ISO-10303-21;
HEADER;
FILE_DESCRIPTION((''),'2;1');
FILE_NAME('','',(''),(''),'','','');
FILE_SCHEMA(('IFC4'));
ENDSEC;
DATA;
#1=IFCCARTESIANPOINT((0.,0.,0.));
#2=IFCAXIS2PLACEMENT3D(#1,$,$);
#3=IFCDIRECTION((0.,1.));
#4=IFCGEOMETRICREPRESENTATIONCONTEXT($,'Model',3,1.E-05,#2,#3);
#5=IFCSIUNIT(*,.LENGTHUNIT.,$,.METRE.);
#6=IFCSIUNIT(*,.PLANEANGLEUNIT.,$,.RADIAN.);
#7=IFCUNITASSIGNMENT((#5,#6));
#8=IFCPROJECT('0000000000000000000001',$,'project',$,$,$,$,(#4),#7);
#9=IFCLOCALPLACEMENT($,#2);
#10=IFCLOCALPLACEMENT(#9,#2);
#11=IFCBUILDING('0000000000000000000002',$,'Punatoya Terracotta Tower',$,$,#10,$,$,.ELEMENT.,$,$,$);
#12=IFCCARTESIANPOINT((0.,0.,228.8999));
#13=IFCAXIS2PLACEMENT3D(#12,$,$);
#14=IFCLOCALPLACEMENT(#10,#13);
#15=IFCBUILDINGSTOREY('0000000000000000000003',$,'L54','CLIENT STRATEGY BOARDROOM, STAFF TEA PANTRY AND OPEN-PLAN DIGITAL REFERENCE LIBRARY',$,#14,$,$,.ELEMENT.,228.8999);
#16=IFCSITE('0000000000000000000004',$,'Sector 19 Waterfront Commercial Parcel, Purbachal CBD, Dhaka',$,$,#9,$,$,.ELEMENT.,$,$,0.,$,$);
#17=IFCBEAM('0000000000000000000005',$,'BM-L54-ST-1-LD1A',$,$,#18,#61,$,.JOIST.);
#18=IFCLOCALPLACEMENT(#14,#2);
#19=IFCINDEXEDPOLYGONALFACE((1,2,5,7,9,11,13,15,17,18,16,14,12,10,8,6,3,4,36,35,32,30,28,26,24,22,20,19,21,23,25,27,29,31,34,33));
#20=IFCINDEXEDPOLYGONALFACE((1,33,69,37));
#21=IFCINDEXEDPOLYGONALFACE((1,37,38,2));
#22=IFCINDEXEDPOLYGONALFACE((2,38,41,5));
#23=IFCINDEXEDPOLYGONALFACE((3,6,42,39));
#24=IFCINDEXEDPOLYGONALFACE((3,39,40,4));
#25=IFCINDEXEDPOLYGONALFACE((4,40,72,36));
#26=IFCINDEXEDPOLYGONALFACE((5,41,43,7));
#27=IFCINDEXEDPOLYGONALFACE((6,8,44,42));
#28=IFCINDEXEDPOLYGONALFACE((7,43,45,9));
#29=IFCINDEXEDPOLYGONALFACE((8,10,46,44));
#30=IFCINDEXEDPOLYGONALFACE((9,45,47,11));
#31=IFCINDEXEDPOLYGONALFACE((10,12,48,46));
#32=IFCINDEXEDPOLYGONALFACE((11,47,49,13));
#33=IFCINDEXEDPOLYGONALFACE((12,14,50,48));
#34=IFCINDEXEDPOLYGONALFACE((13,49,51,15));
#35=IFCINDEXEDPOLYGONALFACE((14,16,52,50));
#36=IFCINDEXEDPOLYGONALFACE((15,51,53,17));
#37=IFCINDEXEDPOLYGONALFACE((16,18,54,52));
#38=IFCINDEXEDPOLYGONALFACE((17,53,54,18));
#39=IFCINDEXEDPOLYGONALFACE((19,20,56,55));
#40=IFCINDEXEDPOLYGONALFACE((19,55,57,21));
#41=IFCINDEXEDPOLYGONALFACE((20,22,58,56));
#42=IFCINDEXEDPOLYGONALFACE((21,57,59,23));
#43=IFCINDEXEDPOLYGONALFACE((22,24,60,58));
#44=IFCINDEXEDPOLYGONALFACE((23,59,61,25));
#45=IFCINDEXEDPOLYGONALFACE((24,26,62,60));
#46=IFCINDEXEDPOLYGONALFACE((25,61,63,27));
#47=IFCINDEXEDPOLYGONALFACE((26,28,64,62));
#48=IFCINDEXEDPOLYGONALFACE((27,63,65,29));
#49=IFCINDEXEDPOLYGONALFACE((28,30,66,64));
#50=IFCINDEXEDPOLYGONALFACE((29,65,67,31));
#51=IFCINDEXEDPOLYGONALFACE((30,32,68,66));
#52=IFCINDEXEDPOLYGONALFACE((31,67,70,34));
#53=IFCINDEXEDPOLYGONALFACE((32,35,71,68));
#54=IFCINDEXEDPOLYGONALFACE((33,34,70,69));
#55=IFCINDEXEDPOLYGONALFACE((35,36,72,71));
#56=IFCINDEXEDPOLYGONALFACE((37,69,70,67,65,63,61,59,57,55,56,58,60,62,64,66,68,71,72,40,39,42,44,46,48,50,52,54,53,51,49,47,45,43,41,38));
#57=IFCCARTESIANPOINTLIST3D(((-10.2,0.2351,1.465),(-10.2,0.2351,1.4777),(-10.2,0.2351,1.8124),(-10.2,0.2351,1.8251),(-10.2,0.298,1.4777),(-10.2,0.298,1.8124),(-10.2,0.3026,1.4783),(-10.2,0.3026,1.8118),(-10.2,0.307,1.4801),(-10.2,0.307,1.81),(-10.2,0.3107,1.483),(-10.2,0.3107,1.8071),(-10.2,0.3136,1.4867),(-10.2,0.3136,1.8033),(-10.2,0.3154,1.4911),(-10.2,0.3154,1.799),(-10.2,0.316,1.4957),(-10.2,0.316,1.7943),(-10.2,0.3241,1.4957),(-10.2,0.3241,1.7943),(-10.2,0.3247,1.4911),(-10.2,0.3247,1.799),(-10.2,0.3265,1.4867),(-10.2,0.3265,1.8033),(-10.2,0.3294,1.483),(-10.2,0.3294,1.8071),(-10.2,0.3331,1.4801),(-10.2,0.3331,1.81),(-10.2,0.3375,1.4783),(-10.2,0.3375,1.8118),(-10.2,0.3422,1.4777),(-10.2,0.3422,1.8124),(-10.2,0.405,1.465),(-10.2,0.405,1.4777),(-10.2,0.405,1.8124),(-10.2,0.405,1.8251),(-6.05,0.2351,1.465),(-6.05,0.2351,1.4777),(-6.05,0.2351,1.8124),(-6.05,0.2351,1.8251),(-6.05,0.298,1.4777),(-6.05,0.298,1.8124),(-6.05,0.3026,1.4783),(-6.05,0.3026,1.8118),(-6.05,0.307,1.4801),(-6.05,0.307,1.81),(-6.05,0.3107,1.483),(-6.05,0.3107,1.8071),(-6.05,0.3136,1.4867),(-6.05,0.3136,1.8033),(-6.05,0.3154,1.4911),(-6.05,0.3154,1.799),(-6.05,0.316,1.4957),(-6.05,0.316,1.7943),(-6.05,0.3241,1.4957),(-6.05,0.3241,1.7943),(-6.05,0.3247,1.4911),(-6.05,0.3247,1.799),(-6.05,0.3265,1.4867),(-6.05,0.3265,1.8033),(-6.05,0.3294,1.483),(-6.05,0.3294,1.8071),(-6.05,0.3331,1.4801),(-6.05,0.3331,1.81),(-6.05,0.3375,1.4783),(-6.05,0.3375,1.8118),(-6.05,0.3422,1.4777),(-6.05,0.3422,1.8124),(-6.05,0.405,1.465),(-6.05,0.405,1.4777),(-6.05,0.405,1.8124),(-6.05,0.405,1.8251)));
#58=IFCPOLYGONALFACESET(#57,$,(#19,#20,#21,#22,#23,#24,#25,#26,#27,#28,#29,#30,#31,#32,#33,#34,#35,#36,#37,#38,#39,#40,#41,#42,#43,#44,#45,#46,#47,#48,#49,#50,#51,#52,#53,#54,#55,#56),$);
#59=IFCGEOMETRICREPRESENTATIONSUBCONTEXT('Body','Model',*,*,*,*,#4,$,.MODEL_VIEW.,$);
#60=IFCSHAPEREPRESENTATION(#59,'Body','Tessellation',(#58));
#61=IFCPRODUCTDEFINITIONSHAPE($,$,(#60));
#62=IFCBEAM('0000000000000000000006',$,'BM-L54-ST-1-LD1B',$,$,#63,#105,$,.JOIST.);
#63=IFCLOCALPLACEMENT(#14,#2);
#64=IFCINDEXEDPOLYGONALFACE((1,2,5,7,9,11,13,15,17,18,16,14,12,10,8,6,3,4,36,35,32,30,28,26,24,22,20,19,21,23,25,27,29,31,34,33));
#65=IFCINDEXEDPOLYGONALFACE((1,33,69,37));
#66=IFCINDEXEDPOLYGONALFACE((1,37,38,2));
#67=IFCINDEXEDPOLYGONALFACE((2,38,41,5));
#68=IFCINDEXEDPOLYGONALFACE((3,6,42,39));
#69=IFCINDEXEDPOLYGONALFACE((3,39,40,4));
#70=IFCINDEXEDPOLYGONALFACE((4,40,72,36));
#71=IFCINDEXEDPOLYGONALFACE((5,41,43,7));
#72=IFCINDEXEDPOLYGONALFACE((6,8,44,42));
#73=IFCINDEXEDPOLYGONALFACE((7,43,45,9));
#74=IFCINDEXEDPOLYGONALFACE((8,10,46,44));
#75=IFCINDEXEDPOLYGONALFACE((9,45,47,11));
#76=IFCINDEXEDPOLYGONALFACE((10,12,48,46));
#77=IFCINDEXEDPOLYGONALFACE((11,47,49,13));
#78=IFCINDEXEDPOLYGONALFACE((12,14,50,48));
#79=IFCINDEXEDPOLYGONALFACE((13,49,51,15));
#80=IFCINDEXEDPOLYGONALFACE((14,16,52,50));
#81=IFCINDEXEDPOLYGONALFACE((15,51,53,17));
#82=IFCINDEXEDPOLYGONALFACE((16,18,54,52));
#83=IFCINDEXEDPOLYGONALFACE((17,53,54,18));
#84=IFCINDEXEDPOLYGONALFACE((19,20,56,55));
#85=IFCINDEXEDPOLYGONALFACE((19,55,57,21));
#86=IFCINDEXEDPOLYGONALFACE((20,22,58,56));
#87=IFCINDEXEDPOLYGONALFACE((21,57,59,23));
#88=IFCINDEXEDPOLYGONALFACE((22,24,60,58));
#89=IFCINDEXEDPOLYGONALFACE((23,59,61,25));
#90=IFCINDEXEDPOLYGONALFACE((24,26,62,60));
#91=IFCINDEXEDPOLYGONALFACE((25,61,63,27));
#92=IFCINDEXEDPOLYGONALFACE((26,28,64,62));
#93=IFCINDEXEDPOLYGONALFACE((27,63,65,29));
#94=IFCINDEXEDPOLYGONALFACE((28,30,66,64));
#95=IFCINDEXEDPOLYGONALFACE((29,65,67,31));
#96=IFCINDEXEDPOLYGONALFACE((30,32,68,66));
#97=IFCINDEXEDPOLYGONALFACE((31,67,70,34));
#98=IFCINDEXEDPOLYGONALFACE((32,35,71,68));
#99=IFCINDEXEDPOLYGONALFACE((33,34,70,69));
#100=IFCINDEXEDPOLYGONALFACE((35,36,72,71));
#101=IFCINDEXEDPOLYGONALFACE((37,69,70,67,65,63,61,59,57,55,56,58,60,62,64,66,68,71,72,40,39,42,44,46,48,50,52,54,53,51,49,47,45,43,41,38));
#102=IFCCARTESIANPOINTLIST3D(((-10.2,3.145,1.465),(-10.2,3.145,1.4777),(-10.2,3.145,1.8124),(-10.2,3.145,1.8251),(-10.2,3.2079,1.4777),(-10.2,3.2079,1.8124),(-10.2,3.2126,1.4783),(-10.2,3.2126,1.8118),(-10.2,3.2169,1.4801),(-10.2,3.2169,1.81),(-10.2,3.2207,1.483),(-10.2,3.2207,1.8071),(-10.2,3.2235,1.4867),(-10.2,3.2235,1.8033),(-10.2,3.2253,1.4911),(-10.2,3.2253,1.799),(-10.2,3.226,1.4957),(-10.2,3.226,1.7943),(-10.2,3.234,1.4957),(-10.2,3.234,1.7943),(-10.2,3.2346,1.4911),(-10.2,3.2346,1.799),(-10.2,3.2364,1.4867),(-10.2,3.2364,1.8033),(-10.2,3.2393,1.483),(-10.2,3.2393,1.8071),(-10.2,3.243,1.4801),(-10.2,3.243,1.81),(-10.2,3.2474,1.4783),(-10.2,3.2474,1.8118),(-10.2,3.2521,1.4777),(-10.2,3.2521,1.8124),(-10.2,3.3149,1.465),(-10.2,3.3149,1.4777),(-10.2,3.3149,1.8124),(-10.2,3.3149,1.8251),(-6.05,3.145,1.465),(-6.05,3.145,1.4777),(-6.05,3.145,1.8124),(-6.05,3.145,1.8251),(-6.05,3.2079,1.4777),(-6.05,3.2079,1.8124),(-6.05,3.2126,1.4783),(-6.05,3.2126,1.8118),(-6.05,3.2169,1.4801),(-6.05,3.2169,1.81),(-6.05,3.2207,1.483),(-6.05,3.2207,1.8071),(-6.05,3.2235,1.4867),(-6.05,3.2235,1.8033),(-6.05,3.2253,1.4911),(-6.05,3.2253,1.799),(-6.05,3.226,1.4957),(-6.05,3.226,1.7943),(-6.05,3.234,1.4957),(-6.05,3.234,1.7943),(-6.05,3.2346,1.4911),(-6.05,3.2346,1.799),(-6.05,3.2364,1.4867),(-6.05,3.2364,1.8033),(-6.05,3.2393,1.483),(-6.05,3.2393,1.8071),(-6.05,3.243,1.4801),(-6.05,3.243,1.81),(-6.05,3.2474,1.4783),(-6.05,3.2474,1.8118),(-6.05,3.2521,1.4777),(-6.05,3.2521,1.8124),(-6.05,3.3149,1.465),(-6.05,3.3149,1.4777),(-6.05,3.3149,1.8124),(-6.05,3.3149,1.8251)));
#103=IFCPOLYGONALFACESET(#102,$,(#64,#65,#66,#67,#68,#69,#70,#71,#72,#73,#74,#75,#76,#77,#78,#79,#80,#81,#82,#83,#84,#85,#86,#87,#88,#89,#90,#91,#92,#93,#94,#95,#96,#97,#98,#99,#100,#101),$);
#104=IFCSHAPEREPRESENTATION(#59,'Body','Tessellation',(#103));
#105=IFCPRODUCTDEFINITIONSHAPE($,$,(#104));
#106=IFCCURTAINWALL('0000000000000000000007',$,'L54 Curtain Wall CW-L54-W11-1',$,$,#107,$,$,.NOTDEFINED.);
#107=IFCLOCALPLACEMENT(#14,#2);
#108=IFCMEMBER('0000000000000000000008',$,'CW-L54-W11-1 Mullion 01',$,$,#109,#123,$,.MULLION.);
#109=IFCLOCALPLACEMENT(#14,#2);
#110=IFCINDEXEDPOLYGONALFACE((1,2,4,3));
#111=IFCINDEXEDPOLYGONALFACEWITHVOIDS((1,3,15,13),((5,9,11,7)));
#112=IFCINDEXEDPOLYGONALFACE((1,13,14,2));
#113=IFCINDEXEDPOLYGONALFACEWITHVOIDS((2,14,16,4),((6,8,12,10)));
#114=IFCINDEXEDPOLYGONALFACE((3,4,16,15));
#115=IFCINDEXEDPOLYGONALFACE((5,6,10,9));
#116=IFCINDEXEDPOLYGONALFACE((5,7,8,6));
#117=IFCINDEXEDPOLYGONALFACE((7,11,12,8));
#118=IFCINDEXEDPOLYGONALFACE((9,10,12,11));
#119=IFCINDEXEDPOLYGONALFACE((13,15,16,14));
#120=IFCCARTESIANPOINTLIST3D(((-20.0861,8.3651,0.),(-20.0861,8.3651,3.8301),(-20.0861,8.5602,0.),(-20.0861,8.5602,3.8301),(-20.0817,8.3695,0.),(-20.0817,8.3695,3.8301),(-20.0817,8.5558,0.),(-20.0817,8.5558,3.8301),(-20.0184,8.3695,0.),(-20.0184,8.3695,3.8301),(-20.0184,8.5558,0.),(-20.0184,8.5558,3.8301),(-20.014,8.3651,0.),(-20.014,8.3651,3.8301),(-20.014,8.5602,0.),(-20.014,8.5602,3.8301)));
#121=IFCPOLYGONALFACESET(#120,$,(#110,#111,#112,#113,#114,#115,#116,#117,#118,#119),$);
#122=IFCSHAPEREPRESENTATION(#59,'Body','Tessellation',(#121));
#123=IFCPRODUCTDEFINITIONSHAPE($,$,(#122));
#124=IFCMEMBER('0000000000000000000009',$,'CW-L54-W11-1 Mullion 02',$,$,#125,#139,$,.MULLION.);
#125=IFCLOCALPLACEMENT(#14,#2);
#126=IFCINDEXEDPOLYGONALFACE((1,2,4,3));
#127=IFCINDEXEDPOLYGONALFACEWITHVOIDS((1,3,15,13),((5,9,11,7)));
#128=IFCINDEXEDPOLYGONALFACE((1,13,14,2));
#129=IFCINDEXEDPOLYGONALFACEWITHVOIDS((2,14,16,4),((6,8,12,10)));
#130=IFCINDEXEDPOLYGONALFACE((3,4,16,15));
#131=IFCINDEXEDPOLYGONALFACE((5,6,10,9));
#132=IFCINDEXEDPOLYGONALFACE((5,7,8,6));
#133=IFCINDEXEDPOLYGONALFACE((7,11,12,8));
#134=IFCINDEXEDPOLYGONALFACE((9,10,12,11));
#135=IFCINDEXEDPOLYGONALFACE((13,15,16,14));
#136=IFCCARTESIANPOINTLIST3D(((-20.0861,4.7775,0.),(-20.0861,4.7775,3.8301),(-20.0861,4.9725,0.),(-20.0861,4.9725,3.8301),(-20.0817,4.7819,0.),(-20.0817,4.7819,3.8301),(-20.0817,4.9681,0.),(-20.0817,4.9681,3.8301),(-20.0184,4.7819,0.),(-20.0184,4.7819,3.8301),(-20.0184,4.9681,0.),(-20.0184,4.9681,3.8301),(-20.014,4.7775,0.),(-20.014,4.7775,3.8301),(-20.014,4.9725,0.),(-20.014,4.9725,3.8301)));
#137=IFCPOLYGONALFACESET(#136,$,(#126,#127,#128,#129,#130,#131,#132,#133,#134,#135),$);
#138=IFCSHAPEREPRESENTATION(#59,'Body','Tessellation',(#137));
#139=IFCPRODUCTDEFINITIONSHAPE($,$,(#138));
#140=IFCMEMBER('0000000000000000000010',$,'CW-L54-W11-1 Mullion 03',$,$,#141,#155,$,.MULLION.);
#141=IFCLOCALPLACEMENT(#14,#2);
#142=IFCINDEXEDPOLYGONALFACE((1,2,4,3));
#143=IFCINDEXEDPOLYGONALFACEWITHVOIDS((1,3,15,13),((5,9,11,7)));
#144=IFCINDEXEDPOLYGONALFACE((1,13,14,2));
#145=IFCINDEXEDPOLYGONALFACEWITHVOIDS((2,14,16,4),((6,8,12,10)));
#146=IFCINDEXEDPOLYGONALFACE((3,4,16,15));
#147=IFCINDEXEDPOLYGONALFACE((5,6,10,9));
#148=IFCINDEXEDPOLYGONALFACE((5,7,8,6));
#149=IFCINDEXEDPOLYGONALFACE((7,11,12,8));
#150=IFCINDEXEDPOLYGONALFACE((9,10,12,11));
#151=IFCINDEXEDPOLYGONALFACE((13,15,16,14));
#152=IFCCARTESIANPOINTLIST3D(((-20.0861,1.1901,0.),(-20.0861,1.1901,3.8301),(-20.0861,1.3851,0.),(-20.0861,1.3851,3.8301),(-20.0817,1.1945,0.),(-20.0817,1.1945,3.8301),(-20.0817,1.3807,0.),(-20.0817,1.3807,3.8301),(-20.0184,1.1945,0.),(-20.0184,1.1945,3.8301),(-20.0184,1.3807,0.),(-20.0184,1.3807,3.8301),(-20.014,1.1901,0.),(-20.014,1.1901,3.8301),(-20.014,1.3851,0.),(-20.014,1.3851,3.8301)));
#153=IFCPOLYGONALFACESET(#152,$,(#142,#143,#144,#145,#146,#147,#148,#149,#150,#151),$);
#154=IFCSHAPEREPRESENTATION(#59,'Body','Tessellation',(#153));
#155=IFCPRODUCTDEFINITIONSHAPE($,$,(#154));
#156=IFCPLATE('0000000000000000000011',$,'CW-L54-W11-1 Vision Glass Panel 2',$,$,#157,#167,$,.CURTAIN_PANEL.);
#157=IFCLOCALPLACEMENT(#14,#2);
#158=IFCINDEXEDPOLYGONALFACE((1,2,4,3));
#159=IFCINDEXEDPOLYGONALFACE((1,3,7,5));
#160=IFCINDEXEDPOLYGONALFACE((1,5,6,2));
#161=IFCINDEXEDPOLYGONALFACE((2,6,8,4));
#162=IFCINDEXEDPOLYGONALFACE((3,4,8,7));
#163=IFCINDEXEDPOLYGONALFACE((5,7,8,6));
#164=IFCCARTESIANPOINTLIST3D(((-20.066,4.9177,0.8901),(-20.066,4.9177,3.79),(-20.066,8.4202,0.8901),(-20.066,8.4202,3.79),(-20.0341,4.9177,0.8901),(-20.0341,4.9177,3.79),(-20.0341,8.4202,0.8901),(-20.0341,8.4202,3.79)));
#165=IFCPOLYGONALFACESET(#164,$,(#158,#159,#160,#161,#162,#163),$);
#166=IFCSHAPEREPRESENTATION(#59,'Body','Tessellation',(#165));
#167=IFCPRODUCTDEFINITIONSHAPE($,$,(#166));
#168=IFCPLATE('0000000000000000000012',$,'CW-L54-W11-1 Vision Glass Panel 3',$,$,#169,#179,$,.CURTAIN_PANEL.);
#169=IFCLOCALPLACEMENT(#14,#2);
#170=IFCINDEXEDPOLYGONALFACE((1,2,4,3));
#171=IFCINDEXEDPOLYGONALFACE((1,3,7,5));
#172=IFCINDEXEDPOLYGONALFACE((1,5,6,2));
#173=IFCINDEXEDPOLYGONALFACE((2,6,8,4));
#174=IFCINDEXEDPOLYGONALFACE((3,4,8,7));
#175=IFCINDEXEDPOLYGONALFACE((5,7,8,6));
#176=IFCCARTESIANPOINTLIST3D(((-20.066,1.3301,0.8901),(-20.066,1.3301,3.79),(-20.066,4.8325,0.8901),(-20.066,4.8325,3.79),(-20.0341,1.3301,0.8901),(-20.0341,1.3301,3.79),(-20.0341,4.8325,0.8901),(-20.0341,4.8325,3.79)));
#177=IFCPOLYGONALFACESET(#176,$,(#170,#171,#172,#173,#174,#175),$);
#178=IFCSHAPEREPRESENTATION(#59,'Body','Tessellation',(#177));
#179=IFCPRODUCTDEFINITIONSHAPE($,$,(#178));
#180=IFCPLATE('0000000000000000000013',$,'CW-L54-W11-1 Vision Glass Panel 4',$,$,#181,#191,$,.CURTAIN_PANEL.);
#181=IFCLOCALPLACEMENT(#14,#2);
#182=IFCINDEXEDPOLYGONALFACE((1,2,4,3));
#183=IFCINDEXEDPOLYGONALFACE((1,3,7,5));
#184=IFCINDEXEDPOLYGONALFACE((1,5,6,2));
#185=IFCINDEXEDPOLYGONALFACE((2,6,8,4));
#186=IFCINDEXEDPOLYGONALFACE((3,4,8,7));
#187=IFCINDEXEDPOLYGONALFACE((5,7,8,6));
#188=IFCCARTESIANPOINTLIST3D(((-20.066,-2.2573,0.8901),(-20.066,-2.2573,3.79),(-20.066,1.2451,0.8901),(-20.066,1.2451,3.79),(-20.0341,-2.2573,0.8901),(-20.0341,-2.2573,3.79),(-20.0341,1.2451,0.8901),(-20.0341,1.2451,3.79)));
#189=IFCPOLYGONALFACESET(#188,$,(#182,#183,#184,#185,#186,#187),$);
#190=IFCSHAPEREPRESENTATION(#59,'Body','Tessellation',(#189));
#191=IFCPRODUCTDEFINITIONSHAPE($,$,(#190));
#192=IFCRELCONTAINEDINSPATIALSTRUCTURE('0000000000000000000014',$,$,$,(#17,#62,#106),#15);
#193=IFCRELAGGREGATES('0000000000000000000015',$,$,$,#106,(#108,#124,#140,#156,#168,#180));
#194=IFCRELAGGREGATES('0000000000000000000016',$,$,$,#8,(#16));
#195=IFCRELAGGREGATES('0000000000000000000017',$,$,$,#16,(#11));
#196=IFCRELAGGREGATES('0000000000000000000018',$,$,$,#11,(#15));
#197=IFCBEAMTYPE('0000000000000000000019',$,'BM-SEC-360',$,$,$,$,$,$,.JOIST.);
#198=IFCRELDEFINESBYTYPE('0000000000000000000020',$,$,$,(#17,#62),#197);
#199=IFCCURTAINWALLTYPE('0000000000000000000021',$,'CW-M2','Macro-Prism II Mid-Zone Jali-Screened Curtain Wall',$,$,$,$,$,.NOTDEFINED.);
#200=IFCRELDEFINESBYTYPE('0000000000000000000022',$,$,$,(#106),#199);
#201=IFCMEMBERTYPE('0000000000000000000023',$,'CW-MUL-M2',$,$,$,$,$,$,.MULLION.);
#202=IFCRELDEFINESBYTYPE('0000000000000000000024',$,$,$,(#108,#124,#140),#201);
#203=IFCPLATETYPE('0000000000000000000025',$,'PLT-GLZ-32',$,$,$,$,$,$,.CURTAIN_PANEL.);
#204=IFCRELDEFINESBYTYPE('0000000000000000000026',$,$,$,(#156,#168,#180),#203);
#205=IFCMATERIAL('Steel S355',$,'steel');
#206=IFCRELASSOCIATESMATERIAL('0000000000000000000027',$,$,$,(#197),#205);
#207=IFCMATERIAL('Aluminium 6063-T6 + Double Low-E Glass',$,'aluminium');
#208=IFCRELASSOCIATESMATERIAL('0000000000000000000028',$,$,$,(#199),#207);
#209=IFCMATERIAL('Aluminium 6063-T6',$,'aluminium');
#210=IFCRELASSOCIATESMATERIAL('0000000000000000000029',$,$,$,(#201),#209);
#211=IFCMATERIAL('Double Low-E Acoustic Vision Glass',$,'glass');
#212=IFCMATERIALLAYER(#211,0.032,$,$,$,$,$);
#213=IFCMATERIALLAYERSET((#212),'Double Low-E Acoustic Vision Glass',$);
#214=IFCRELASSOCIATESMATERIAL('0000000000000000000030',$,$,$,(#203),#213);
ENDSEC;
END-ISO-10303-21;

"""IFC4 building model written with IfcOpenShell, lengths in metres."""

from ifc_helpers import new_model, si_unit, direction, frame, origin, origin_2d, place, context, subcontext, project, spatial, rectangle, hollow_rectangle, i_section, extrude, material, layer, layer_set, material_profile, profile_set, type_object, element, aggregate, save


model = new_model("IFC4")

# Units and contexts
model_context = context("Model", 3, precision=1e-05, world=origin(), true_north=direction((0.0, 1.0)))
body_context = subcontext(model_context, "Body", "Model", "MODEL_VIEW")
ifc_project = project(units=[si_unit("LENGTHUNIT", "METRE"), si_unit("PLANEANGLEUNIT", "RADIAN")], contexts=[model_context])

# Site, building, storey
site_placement = place(None, origin())
site = spatial("IfcSite", under=ifc_project, at=site_placement, Name="Sector 19 Waterfront Commercial Parcel, Purbachal CBD, Dhaka", CompositionType="ELEMENT", RefElevation=0.0)
building_placement = place(site_placement, origin())
building = spatial("IfcBuilding", under=site, at=building_placement, Name="Punatoya Terracotta Tower", CompositionType="ELEMENT")
storey_placement = place(building_placement, frame((0.0, 0.0, 228.8999)))
storey = spatial("IfcBuildingStorey", under=building, at=storey_placement, Name="L54", Description="CLIENT STRATEGY BOARDROOM, STAFF TEA PANTRY AND OPEN-PLAN DIGITAL REFERENCE LIBRARY", CompositionType="ELEMENT", Elevation=228.8999)

# Beams
ifc_material_1 = material(Name="Steel S355", Category="steel")
ifc_material_profile_1 = material_profile(ifc_material_1, i_section(OverallWidth=0.1699, OverallDepth=0.3601, WebThickness=0.0081, FlangeThickness=0.0127, FilletRadius=0.0181, at=origin_2d()))
ifc_profile_set_1 = profile_set([ifc_material_profile_1], Name="Steel S355")
beam_type_1 = type_object("IfcBeamType", Name="BM-SEC-360", PredefinedType="JOIST", material=ifc_profile_set_1)
for number, where, z_axis, x_axis, name in (
    (1, (-10.2, 0.3201, 1.645), (1.0, 0.0, 0.0), (0.0, 1.0, 0.0), "BM-L54-ST-1-LD1A"),
    (2, (-10.2, 3.23, 1.645), (1.0, 0.0, 0.0), (0.0, 1.0, 0.0), "BM-L54-ST-1-LD1B"),
):
    element("IfcBeam", number, at=place(storey_placement, frame(where, z_axis=z_axis, x_axis=x_axis)), inside=storey, type_object=beam_type_1, Name=name, PredefinedType="JOIST", context=body_context, shape_type="SweptSolid", body=[
        extrude(i_section(OverallWidth=0.1699, OverallDepth=0.3601, WebThickness=0.0081, FlangeThickness=0.0127, FilletRadius=0.0181, at=origin_2d()), origin(), (0.0, 0.0, 1.0), 4.1499),
    ])

# Curtain wall, members, plates
ifc_material_2 = material(Name="Aluminium 6063-T6 + Double Low-E Glass", Category="aluminium")
curtain_wall_type = type_object("IfcCurtainWallType", Name="CW-M2", Description="Macro-Prism II Mid-Zone Jali-Screened Curtain Wall", PredefinedType="NOTDEFINED", material=ifc_material_2)
curtain_wall_placement = place(storey_placement, origin())
curtain_wall = element("IfcCurtainWall", 3, at=curtain_wall_placement, inside=storey, type_object=curtain_wall_type, Name="L54 Curtain Wall CW-L54-W11-1", PredefinedType="NOTDEFINED")
ifc_material_3 = material(Name="Aluminium 6063-T6", Category="aluminium")
ifc_material_profile_2 = material_profile(ifc_material_3, hollow_rectangle(XDim=0.072, YDim=0.1951, WallThickness=0.0044, at=origin_2d()))
ifc_profile_set_2 = profile_set([ifc_material_profile_2], Name="Aluminium 6063-T6")
member_type = type_object("IfcMemberType", Name="CW-MUL-M2", PredefinedType="MULLION", material=ifc_profile_set_2)
member_1_placement = place(storey_placement, frame((-20.05, 8.4626, 0.0), z_axis=(0.0, 0.0, 1.0), x_axis=(1.0, 0.0, 0.0)))
member_1 = element("IfcMember", 4, at=member_1_placement, type_object=member_type, Name="CW-L54-W11-1 Mullion 01", PredefinedType="MULLION", context=body_context, shape_type="SweptSolid", body=[
    extrude(hollow_rectangle(XDim=0.072, YDim=0.1951, WallThickness=0.0044, at=origin_2d()), origin(), (0.0, 0.0, 1.0), 3.8301),
])
member_2_placement = place(storey_placement, frame((-20.05, 4.875, 0.0), z_axis=(0.0, 0.0, 1.0), x_axis=(1.0, 0.0, 0.0)))
member_2 = element("IfcMember", 5, at=member_2_placement, type_object=member_type, Name="CW-L54-W11-1 Mullion 02", PredefinedType="MULLION", context=body_context, shape_type="SweptSolid", body=[
    extrude(hollow_rectangle(XDim=0.072, YDim=0.1951, WallThickness=0.0044, at=origin_2d()), origin(), (0.0, 0.0, 1.0), 3.8301),
])
member_3_placement = place(storey_placement, frame((-20.05, 1.2876, 0.0), z_axis=(0.0, 0.0, 1.0), x_axis=(1.0, 0.0, 0.0)))
member_3 = element("IfcMember", 6, at=member_3_placement, type_object=member_type, Name="CW-L54-W11-1 Mullion 03", PredefinedType="MULLION", context=body_context, shape_type="SweptSolid", body=[
    extrude(hollow_rectangle(XDim=0.072, YDim=0.1951, WallThickness=0.0044, at=origin_2d()), origin(), (0.0, 0.0, 1.0), 3.8301),
])
ifc_material_4 = material(Name="Double Low-E Acoustic Vision Glass", Category="glass")
ifc_layer_1 = layer(ifc_material_4, 0.032)
ifc_layer_set_1 = layer_set([ifc_layer_1], Name="Double Low-E Acoustic Vision Glass")
plate_type_1 = type_object("IfcPlateType", Name="PLT-GLZ-32", PredefinedType="CURTAIN_PANEL", material=ifc_layer_set_1)
plate_1_placement = place(storey_placement, frame((-20.05, 6.6689, 0.8901), z_axis=(0.0, 0.0, 1.0), x_axis=(0.0, -1.0, 0.0)))
plate_1 = element("IfcPlate", 7, at=plate_1_placement, type_object=plate_type_1, Name="CW-L54-W11-1 Vision Glass Panel 2", PredefinedType="CURTAIN_PANEL", context=body_context, shape_type="SweptSolid", body=[
    extrude(rectangle(XDim=3.5024, YDim=0.032, at=origin_2d()), origin(), (0.0, 0.0, 1.0), 2.8999),
])
plate_2_placement = place(storey_placement, frame((-20.05, 3.0813, 0.8901), z_axis=(0.0, 0.0, 1.0), x_axis=(0.0, -1.0, 0.0)))
plate_2 = element("IfcPlate", 8, at=plate_2_placement, type_object=plate_type_1, Name="CW-L54-W11-1 Vision Glass Panel 3", PredefinedType="CURTAIN_PANEL", context=body_context, shape_type="SweptSolid", body=[
    extrude(rectangle(XDim=3.5024, YDim=0.032, at=origin_2d()), origin(), (0.0, 0.0, 1.0), 2.8999),
])
plate_3_placement = place(storey_placement, frame((-20.05, -0.5061, 0.8901), z_axis=(0.0, 0.0, 1.0), x_axis=(0.0, -1.0, 0.0)))
plate_3 = element("IfcPlate", 9, at=plate_3_placement, type_object=plate_type_1, Name="CW-L54-W11-1 Vision Glass Panel 4", PredefinedType="CURTAIN_PANEL", context=body_context, shape_type="SweptSolid", body=[
    extrude(rectangle(XDim=3.5024, YDim=0.032, at=origin_2d()), origin(), (0.0, 0.0, 1.0), 2.8999),
])
aggregate(curtain_wall, [member_1, member_2, member_3, plate_1, plate_2, plate_3])

save(model, "model.ifc")
